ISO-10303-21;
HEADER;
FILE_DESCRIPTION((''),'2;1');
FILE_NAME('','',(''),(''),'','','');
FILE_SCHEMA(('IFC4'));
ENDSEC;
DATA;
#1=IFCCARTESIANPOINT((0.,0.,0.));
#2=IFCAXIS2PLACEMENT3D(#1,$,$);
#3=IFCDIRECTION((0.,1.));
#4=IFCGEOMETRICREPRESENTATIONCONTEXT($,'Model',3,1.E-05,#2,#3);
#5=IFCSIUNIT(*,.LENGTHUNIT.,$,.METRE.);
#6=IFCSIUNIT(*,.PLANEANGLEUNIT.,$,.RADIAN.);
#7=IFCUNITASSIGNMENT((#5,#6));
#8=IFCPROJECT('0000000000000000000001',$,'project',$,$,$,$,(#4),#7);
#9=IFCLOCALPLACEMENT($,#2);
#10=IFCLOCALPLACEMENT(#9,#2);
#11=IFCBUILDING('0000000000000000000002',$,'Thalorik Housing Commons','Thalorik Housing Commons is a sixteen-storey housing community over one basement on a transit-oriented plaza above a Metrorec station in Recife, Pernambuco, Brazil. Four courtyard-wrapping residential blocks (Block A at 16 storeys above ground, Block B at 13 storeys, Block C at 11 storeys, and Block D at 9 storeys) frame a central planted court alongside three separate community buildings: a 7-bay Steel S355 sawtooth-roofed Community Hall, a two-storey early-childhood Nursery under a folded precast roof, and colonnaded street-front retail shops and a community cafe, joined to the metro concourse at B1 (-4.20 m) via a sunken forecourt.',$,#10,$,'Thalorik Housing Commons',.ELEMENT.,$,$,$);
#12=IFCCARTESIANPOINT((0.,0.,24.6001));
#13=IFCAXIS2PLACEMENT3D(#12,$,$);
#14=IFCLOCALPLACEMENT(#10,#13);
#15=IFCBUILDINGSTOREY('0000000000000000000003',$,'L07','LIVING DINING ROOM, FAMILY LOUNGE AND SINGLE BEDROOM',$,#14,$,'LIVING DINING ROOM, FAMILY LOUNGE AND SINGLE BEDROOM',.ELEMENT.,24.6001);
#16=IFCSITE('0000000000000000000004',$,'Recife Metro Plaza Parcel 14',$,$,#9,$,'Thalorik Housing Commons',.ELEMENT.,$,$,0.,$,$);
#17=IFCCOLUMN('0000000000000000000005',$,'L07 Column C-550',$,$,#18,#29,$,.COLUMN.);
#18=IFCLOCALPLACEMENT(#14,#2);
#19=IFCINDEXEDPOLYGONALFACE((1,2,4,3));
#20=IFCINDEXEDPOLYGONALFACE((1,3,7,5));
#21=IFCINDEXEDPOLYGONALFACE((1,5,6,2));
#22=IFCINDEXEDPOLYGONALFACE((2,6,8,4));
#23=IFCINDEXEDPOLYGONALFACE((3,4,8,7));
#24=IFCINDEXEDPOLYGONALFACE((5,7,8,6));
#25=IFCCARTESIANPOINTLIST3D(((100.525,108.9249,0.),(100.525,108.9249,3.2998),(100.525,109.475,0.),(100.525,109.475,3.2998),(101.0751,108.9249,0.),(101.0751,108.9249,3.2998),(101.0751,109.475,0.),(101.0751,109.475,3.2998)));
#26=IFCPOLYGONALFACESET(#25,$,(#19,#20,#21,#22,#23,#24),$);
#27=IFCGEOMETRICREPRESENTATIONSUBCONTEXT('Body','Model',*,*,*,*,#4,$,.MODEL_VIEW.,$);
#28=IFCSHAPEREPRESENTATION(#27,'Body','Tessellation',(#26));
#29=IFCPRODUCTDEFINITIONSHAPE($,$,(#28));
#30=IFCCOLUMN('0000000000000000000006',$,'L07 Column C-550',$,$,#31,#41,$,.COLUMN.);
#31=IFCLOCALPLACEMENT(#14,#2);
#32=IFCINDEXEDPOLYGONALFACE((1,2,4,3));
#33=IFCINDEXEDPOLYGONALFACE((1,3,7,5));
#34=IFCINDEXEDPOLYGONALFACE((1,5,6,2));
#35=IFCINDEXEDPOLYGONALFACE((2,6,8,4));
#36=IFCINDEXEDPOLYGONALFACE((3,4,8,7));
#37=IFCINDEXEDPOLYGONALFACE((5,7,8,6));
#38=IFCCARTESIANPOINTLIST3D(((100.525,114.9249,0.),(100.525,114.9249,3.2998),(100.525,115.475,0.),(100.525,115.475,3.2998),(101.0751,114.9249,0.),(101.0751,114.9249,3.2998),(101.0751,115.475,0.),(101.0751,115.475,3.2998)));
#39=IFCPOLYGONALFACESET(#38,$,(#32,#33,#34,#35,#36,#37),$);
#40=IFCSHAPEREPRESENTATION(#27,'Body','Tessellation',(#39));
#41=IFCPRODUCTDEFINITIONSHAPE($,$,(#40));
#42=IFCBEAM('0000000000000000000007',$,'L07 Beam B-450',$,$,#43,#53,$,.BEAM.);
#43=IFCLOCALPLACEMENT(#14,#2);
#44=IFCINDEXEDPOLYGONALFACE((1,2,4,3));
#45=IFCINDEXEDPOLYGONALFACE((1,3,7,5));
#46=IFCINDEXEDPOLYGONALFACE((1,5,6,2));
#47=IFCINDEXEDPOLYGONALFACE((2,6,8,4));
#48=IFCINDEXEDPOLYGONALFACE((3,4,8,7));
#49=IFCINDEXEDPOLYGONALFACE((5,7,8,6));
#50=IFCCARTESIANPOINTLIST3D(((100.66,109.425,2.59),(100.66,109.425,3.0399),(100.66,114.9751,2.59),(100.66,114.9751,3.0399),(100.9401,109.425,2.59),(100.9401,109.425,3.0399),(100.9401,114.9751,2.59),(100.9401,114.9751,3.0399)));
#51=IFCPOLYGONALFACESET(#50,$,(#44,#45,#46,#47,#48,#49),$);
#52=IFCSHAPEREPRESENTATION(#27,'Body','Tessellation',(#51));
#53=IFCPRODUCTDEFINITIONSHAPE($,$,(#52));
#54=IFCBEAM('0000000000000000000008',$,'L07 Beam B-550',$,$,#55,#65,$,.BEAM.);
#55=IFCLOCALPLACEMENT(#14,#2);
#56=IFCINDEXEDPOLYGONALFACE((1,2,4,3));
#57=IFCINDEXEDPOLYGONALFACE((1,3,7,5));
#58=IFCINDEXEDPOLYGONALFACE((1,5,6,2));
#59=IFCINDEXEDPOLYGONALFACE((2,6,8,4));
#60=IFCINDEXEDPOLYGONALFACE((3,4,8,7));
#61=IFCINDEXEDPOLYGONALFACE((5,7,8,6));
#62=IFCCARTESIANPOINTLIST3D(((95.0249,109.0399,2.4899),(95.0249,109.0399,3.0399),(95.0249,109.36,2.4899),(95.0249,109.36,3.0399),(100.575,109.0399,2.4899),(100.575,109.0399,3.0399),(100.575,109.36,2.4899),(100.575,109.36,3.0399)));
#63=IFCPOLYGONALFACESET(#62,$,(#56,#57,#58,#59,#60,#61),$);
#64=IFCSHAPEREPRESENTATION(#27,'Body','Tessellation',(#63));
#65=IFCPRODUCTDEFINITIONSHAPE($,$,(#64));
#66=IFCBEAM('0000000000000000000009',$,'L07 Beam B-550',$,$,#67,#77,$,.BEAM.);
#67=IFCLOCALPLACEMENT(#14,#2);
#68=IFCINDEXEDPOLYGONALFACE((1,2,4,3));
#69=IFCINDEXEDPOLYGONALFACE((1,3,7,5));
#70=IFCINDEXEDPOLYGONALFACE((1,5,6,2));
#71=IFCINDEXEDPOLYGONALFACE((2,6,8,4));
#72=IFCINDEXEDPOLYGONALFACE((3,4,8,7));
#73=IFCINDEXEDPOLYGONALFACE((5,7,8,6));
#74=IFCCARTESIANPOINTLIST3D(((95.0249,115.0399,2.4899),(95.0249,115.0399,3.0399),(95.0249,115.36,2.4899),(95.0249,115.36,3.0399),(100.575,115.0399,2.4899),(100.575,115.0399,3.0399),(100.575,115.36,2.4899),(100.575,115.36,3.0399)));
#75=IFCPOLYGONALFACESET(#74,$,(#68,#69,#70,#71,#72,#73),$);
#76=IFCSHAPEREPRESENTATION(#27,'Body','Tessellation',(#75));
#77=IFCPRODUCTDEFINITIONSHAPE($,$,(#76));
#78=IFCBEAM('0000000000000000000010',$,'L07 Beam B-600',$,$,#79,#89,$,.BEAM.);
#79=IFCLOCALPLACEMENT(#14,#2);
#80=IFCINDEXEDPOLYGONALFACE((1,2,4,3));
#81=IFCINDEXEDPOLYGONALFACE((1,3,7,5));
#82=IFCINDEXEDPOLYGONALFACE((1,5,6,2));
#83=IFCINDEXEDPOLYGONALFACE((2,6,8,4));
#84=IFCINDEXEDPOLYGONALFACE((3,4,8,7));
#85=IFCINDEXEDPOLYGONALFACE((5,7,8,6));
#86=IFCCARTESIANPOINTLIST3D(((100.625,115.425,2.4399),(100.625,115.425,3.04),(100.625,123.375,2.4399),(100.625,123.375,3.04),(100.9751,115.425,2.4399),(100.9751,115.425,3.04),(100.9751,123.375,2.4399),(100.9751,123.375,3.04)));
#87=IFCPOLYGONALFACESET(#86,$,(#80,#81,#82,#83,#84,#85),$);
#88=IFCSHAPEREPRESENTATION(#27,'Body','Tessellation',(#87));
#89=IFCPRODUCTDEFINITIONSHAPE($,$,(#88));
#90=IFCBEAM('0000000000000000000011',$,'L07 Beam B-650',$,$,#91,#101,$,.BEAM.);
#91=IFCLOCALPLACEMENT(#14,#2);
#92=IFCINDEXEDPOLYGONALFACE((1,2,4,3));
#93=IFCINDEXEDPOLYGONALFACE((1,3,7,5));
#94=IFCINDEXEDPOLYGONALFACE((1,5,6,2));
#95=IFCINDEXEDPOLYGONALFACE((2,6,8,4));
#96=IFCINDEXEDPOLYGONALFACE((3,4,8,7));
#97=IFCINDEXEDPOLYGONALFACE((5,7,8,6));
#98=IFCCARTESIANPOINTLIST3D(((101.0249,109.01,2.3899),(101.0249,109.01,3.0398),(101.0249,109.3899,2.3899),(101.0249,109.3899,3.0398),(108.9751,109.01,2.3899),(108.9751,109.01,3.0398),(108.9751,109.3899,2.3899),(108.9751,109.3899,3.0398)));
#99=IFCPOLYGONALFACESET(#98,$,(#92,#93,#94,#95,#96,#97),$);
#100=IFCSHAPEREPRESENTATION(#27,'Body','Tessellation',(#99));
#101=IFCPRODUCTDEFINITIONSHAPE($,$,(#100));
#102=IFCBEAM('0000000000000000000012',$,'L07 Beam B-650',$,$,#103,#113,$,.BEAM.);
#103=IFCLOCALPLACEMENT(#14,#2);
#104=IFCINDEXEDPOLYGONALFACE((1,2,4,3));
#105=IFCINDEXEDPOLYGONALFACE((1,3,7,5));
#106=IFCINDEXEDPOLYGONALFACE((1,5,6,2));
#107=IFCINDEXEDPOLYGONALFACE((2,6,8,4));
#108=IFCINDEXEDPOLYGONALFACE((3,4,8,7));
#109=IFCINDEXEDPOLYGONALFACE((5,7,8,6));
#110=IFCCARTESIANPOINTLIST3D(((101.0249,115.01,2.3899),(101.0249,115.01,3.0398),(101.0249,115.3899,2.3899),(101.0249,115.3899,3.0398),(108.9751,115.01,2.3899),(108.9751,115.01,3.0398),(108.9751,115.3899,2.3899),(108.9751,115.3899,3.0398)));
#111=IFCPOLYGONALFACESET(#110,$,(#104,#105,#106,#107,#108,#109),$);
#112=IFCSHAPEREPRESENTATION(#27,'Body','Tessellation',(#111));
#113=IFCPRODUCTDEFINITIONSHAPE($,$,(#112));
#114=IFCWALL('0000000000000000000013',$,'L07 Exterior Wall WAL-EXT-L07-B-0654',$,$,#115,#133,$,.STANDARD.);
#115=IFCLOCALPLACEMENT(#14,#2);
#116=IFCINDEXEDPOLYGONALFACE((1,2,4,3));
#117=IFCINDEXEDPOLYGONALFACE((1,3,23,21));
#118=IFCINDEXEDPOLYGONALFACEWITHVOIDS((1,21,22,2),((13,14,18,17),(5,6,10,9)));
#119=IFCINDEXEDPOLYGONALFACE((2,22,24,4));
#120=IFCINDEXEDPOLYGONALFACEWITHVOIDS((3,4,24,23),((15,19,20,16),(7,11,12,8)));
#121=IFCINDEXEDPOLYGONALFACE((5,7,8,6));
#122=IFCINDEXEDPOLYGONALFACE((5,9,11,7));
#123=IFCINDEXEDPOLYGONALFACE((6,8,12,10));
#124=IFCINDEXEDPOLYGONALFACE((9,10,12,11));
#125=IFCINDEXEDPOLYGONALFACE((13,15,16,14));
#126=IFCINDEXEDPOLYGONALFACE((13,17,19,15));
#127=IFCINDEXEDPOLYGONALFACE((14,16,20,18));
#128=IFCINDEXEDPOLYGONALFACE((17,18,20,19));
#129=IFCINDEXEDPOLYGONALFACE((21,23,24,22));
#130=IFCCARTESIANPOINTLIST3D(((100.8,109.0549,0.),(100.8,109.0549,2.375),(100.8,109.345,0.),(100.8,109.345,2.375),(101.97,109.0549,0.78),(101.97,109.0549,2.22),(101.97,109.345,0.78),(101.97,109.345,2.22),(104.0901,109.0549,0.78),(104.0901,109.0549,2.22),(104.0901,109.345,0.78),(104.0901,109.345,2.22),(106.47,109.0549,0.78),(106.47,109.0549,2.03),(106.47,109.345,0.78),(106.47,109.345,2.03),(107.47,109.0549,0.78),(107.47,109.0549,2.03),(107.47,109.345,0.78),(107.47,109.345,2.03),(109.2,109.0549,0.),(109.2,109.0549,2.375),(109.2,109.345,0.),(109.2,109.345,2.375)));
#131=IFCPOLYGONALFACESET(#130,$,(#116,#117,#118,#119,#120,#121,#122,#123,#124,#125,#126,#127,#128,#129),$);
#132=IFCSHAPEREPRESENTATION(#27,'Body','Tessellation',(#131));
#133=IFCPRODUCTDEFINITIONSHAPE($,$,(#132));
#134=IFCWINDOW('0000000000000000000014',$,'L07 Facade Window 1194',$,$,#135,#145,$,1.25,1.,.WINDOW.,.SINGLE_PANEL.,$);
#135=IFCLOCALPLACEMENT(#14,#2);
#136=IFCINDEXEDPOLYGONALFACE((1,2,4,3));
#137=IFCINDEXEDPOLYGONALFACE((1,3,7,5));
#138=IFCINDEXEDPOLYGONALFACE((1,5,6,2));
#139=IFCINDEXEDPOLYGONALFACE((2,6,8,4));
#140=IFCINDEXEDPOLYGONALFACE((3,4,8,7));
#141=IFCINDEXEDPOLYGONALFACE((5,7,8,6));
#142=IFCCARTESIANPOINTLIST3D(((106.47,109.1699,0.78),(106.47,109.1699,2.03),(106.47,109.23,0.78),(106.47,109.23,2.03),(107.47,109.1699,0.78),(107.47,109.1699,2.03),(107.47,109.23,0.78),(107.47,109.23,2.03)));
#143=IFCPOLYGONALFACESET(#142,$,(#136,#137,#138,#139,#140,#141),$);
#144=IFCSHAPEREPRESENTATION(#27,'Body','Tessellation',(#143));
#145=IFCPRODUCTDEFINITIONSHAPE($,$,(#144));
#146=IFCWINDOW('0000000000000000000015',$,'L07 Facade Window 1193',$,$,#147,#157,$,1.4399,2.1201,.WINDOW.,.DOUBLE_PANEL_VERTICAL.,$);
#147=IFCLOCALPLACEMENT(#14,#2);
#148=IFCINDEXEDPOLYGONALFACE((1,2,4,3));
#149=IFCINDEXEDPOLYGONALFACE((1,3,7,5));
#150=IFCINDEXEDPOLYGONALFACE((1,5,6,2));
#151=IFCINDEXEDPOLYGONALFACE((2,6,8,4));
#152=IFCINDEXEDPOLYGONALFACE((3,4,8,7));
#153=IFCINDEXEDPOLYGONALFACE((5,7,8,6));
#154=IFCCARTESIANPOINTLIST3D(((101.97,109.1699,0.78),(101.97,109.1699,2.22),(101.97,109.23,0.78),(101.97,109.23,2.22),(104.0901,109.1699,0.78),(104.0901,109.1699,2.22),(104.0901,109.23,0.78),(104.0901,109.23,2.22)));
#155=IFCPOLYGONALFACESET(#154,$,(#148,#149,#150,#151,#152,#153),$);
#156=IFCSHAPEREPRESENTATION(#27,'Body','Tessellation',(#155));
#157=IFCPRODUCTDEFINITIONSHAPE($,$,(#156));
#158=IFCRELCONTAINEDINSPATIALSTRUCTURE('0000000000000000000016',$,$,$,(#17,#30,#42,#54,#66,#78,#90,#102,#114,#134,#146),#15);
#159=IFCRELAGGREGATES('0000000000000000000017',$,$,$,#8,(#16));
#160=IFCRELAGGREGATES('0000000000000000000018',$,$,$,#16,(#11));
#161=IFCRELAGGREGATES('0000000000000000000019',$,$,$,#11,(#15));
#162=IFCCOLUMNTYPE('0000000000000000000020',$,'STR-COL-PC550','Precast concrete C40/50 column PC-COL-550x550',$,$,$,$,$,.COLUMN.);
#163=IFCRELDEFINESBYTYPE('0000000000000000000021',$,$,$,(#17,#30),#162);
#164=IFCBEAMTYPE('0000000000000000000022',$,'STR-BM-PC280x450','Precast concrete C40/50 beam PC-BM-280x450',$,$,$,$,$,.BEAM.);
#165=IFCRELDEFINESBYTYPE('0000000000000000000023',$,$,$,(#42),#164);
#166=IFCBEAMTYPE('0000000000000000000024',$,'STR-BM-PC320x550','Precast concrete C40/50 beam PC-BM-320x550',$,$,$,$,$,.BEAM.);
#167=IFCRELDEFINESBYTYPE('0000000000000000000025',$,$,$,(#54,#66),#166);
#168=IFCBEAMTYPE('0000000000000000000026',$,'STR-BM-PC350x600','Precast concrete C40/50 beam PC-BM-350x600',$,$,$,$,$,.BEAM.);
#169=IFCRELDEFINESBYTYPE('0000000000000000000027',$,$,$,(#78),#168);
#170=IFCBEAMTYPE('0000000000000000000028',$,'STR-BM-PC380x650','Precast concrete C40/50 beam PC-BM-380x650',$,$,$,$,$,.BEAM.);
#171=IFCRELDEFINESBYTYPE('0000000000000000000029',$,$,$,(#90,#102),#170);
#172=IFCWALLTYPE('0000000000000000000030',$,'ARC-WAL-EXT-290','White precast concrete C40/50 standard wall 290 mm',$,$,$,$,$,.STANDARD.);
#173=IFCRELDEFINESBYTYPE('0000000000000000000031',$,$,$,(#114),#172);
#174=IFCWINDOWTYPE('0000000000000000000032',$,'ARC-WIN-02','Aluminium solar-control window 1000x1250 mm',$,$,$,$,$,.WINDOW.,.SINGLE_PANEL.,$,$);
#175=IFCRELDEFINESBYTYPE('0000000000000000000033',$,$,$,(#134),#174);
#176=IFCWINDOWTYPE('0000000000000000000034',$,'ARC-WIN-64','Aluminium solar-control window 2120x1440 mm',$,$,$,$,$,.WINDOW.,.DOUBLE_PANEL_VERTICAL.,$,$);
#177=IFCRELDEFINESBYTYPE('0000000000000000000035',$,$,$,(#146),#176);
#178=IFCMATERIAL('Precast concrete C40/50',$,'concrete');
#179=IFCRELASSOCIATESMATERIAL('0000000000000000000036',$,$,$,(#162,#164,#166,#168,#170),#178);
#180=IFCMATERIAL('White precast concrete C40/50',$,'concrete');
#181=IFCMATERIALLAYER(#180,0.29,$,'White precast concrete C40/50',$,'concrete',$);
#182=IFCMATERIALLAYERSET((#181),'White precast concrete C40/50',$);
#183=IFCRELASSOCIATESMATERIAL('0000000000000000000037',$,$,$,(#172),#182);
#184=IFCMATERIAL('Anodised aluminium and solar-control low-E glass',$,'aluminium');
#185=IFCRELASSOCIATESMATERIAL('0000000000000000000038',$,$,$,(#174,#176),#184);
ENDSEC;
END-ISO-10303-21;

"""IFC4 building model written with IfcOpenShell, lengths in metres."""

from ifc_helpers import new_model, si_unit, direction, frame, frame_2d, origin, origin_2d, place, context, subcontext, project, spatial, rectangle, extrude, material, layer, layer_set, material_profile, profile_set, type_object, element, fill, save


model = new_model("IFC4")

# Units and contexts
model_context = context("Model", 3, precision=1e-05, world=origin(), true_north=direction((0.0, 1.0)))
body_context = subcontext(model_context, "Body", "Model", "MODEL_VIEW")
ifc_project = project(units=[si_unit("LENGTHUNIT", "METRE"), si_unit("PLANEANGLEUNIT", "RADIAN")], contexts=[model_context])

# Site, building, storey
site_placement = place(None, origin())
site = spatial("IfcSite", under=ifc_project, at=site_placement, Name="Recife Metro Plaza Parcel 14", LongName="Thalorik Housing Commons", CompositionType="ELEMENT", RefElevation=0.0)
building_placement = place(site_placement, origin())
building = spatial("IfcBuilding", under=site, at=building_placement, Name="Thalorik Housing Commons", Description="Thalorik Housing Commons is a sixteen-storey housing community over one basement on a transit-oriented plaza above a Metrorec station in Recife, Pernambuco, Brazil. Four courtyard-wrapping residential blocks (Block A at 16 storeys above ground, Block B at 13 storeys, Block C at 11 storeys, and Block D at 9 storeys) frame a central planted court alongside three separate community buildings: a 7-bay Steel S355 sawtooth-roofed Community Hall, a two-storey early-childhood Nursery under a folded precast roof, and colonnaded street-front retail shops and a community cafe, joined to the metro concourse at B1 (-4.20 m) via a sunken forecourt.", LongName="Thalorik Housing Commons", CompositionType="ELEMENT")
storey_placement = place(building_placement, frame((0.0, 0.0, 24.6001)))
storey = spatial("IfcBuildingStorey", under=building, at=storey_placement, Name="L07", Description="LIVING DINING ROOM, FAMILY LOUNGE AND SINGLE BEDROOM", LongName="LIVING DINING ROOM, FAMILY LOUNGE AND SINGLE BEDROOM", CompositionType="ELEMENT", Elevation=24.6001)

# Columns
ifc_material_1 = material(Name="Precast concrete C40/50", Category="concrete")
ifc_material_profile_1 = material_profile(ifc_material_1, rectangle(XDim=0.55, YDim=0.55, at=origin_2d()), Name="PC 550x550", Category="concrete")
ifc_profile_set_1 = profile_set([ifc_material_profile_1], Name="Precast concrete C40/50")
column_type = type_object("IfcColumnType", Name="STR-COL-PC550", Description="Precast concrete C40/50 column PC-COL-550x550", PredefinedType="COLUMN", material=ifc_profile_set_1)
for number, where, z_axis, x_axis, name in (
    (1, (100.8, 109.2, 0.0), (0.0, 0.0, 1.0), (1.0, 0.0, 0.0), "L07 Column C-550"),
    (2, (100.8, 115.2, 0.0), (0.0, 0.0, 1.0), (1.0, 0.0, 0.0), "L07 Column C-550"),
):
    element("IfcColumn", number, at=place(storey_placement, frame(where, z_axis=z_axis, x_axis=x_axis)), inside=storey, type_object=column_type, Name=name, PredefinedType="COLUMN", context=body_context, shape_type="SweptSolid", body=[
        extrude(rectangle(XDim=0.55, YDim=0.55, at=origin_2d()), origin(), (0.0, 0.0, 1.0), 3.2998),
    ])

# Beams
ifc_material_profile_2 = material_profile(ifc_material_1, rectangle(XDim=0.28, YDim=0.45, at=origin_2d()), Name="PC 280x450", Category="concrete")
ifc_profile_set_2 = profile_set([ifc_material_profile_2], Name="Precast concrete C40/50")
beam_type_1 = type_object("IfcBeamType", Name="STR-BM-PC280x450", Description="Precast concrete C40/50 beam PC-BM-280x450", PredefinedType="BEAM", material=ifc_profile_set_2)
beam_1_placement = place(storey_placement, frame((100.8, 109.425, 2.8149), z_axis=(0.0, 1.0, 0.0), x_axis=(-1.0, 0.0, 0.0)))
element("IfcBeam", 3, at=beam_1_placement, inside=storey, type_object=beam_type_1, Name="L07 Beam B-450", PredefinedType="BEAM", context=body_context, shape_type="SweptSolid", body=[
    extrude(rectangle(XDim=0.28, YDim=0.45, at=origin_2d()), origin(), (0.0, 0.0, 1.0), 5.55),
])
ifc_material_profile_3 = material_profile(ifc_material_1, rectangle(XDim=0.3201, YDim=0.55, at=origin_2d()), Name="PC 320x550", Category="concrete")
ifc_profile_set_3 = profile_set([ifc_material_profile_3], Name="Precast concrete C40/50")
beam_type_2 = type_object("IfcBeamType", Name="STR-BM-PC320x550", Description="Precast concrete C40/50 beam PC-BM-320x550", PredefinedType="BEAM", material=ifc_profile_set_3)
for number, where, z_axis, x_axis, name in (
    (4, (95.0249, 109.2, 2.7649), (1.0, 0.0, 0.0), (0.0, 1.0, 0.0), "L07 Beam B-550"),
    (5, (95.0249, 115.2, 2.7649), (1.0, 0.0, 0.0), (0.0, 1.0, 0.0), "L07 Beam B-550"),
):
    element("IfcBeam", number, at=place(storey_placement, frame(where, z_axis=z_axis, x_axis=x_axis)), inside=storey, type_object=beam_type_2, Name=name, PredefinedType="BEAM", context=body_context, shape_type="SweptSolid", body=[
        extrude(rectangle(XDim=0.3201, YDim=0.55, at=origin_2d()), origin(), (0.0, 0.0, 1.0), 5.55),
    ])
ifc_material_profile_4 = material_profile(ifc_material_1, rectangle(XDim=0.3501, YDim=0.6001, at=origin_2d()), Name="PC 350x600", Category="concrete")
ifc_profile_set_4 = profile_set([ifc_material_profile_4], Name="Precast concrete C40/50")
beam_type_3 = type_object("IfcBeamType", Name="STR-BM-PC350x600", Description="Precast concrete C40/50 beam PC-BM-350x600", PredefinedType="BEAM", material=ifc_profile_set_4)
beam_2_placement = place(storey_placement, frame((100.8, 115.425, 2.74), z_axis=(0.0, 1.0, 0.0), x_axis=(-1.0, 0.0, 0.0)))
element("IfcBeam", 6, at=beam_2_placement, inside=storey, type_object=beam_type_3, Name="L07 Beam B-600", PredefinedType="BEAM", context=body_context, shape_type="SweptSolid", body=[
    extrude(rectangle(XDim=0.3501, YDim=0.6001, at=origin_2d()), origin(), (0.0, 0.0, 1.0), 7.95),
])
ifc_material_profile_5 = material_profile(ifc_material_1, rectangle(XDim=0.3799, YDim=0.6499, at=origin_2d()), Name="PC 380x650", Category="concrete")
ifc_profile_set_5 = profile_set([ifc_material_profile_5], Name="Precast concrete C40/50")
beam_type_4 = type_object("IfcBeamType", Name="STR-BM-PC380x650", Description="Precast concrete C40/50 beam PC-BM-380x650", PredefinedType="BEAM", material=ifc_profile_set_5)
for number, where, z_axis, x_axis, name in (
    (7, (101.0249, 109.2, 2.7148), (1.0, 0.0, 0.0), (0.0, 1.0, 0.0), "L07 Beam B-650"),
    (8, (101.0249, 115.2, 2.7148), (1.0, 0.0, 0.0), (0.0, 1.0, 0.0), "L07 Beam B-650"),
):
    element("IfcBeam", number, at=place(storey_placement, frame(where, z_axis=z_axis, x_axis=x_axis)), inside=storey, type_object=beam_type_4, Name=name, PredefinedType="BEAM", context=body_context, shape_type="SweptSolid", body=[
        extrude(rectangle(XDim=0.3799, YDim=0.6499, at=origin_2d()), origin(), (0.0, 0.0, 1.0), 7.9502),
    ])

# Wall, openings, windows
ifc_material_2 = material(Name="White precast concrete C40/50", Category="concrete")
ifc_layer_1 = layer(ifc_material_2, 0.29, Name="White precast concrete C40/50", Category="concrete")
ifc_layer_set_1 = layer_set([ifc_layer_1], Name="White precast concrete C40/50")
wall_type_1 = type_object("IfcWallType", Name="ARC-WAL-EXT-290", Description="White precast concrete C40/50 standard wall 290 mm", PredefinedType="STANDARD", material=ifc_layer_set_1)
wall_1_placement = place(storey_placement, frame((100.8, 109.2, 0.0), z_axis=(0.0, 0.0, 1.0), x_axis=(1.0, 0.0, 0.0)))
wall_1 = element("IfcWall", 9, at=wall_1_placement, inside=storey, type_object=wall_type_1, Name="L07 Exterior Wall WAL-EXT-L07-B-0654", PredefinedType="STANDARD", context=body_context, shape_type="SweptSolid", body=[
    extrude(rectangle(XDim=8.3999, YDim=0.29, at=frame_2d((4.2, 0.0))), origin(), (0.0, 0.0, 1.0), 2.375),
])
opening_1_placement = place(wall_1_placement, frame((1.1699, 0.0, 0.78)))
opening_1 = element("IfcOpeningElement", 10, at=opening_1_placement, cuts=wall_1, PredefinedType="OPENING", context=body_context, shape_type="SweptSolid", body=[
    extrude(rectangle(XDim=2.1201, YDim=1.4399, at=frame_2d((1.0601, 0.72))), frame((0.0, 0.155, 0.0), z_axis=(0.0, -1.0, 0.0), x_axis=(1.0, 0.0, 0.0)), (0.0, 0.0, 1.0), 0.3101),
])
opening_2_placement = place(wall_1_placement, frame((5.6699, 0.0, 0.78)))
opening_2 = element("IfcOpeningElement", 11, at=opening_2_placement, cuts=wall_1, PredefinedType="OPENING", context=body_context, shape_type="SweptSolid", body=[
    extrude(rectangle(XDim=1.0, YDim=1.25, at=frame_2d((0.5, 0.625))), frame((0.0, 0.155, 0.0), z_axis=(0.0, -1.0, 0.0), x_axis=(1.0, 0.0, 0.0)), (0.0, 0.0, 1.0), 0.3101),
])
ifc_material_3 = material(Name="Anodised aluminium and solar-control low-E glass", Category="aluminium")
window_type_1 = type_object("IfcWindowType", Name="ARC-WIN-02", Description="Aluminium solar-control window 1000x1250 mm", PartitioningType="SINGLE_PANEL", PredefinedType="WINDOW", material=ifc_material_3)
window_1_placement = place(opening_2_placement, origin())
window_1 = element("IfcWindow", 12, at=window_1_placement, inside=storey, type_object=window_type_1, Name="L07 Facade Window 1194", OverallHeight=1.25, OverallWidth=1.0, PartitioningType="SINGLE_PANEL", PredefinedType="WINDOW", context=body_context, shape_type="SweptSolid", body=[
    extrude(rectangle(XDim=1.0, YDim=1.25, at=frame_2d((0.5, 0.625))), frame((0.0, 0.03, 0.0), z_axis=(0.0, -1.0, 0.0), x_axis=(1.0, 0.0, 0.0)), (0.0, 0.0, 1.0), 0.0601),
])
fill(opening_2, window_1)
window_type_2 = type_object("IfcWindowType", Name="ARC-WIN-64", Description="Aluminium solar-control window 2120x1440 mm", PartitioningType="DOUBLE_PANEL_VERTICAL", PredefinedType="WINDOW", material=ifc_material_3)
window_2_placement = place(opening_1_placement, origin())
window_2 = element("IfcWindow", 13, at=window_2_placement, inside=storey, type_object=window_type_2, Name="L07 Facade Window 1193", OverallHeight=1.4399, OverallWidth=2.1201, PartitioningType="DOUBLE_PANEL_VERTICAL", PredefinedType="WINDOW", context=body_context, shape_type="SweptSolid", body=[
    extrude(rectangle(XDim=2.1201, YDim=1.4399, at=frame_2d((1.0601, 0.72))), frame((0.0, 0.03, 0.0), z_axis=(0.0, -1.0, 0.0), x_axis=(1.0, 0.0, 0.0)), (0.0, 0.0, 1.0), 0.0601),
])
fill(opening_1, window_2)

save(model, "model.ifc")
